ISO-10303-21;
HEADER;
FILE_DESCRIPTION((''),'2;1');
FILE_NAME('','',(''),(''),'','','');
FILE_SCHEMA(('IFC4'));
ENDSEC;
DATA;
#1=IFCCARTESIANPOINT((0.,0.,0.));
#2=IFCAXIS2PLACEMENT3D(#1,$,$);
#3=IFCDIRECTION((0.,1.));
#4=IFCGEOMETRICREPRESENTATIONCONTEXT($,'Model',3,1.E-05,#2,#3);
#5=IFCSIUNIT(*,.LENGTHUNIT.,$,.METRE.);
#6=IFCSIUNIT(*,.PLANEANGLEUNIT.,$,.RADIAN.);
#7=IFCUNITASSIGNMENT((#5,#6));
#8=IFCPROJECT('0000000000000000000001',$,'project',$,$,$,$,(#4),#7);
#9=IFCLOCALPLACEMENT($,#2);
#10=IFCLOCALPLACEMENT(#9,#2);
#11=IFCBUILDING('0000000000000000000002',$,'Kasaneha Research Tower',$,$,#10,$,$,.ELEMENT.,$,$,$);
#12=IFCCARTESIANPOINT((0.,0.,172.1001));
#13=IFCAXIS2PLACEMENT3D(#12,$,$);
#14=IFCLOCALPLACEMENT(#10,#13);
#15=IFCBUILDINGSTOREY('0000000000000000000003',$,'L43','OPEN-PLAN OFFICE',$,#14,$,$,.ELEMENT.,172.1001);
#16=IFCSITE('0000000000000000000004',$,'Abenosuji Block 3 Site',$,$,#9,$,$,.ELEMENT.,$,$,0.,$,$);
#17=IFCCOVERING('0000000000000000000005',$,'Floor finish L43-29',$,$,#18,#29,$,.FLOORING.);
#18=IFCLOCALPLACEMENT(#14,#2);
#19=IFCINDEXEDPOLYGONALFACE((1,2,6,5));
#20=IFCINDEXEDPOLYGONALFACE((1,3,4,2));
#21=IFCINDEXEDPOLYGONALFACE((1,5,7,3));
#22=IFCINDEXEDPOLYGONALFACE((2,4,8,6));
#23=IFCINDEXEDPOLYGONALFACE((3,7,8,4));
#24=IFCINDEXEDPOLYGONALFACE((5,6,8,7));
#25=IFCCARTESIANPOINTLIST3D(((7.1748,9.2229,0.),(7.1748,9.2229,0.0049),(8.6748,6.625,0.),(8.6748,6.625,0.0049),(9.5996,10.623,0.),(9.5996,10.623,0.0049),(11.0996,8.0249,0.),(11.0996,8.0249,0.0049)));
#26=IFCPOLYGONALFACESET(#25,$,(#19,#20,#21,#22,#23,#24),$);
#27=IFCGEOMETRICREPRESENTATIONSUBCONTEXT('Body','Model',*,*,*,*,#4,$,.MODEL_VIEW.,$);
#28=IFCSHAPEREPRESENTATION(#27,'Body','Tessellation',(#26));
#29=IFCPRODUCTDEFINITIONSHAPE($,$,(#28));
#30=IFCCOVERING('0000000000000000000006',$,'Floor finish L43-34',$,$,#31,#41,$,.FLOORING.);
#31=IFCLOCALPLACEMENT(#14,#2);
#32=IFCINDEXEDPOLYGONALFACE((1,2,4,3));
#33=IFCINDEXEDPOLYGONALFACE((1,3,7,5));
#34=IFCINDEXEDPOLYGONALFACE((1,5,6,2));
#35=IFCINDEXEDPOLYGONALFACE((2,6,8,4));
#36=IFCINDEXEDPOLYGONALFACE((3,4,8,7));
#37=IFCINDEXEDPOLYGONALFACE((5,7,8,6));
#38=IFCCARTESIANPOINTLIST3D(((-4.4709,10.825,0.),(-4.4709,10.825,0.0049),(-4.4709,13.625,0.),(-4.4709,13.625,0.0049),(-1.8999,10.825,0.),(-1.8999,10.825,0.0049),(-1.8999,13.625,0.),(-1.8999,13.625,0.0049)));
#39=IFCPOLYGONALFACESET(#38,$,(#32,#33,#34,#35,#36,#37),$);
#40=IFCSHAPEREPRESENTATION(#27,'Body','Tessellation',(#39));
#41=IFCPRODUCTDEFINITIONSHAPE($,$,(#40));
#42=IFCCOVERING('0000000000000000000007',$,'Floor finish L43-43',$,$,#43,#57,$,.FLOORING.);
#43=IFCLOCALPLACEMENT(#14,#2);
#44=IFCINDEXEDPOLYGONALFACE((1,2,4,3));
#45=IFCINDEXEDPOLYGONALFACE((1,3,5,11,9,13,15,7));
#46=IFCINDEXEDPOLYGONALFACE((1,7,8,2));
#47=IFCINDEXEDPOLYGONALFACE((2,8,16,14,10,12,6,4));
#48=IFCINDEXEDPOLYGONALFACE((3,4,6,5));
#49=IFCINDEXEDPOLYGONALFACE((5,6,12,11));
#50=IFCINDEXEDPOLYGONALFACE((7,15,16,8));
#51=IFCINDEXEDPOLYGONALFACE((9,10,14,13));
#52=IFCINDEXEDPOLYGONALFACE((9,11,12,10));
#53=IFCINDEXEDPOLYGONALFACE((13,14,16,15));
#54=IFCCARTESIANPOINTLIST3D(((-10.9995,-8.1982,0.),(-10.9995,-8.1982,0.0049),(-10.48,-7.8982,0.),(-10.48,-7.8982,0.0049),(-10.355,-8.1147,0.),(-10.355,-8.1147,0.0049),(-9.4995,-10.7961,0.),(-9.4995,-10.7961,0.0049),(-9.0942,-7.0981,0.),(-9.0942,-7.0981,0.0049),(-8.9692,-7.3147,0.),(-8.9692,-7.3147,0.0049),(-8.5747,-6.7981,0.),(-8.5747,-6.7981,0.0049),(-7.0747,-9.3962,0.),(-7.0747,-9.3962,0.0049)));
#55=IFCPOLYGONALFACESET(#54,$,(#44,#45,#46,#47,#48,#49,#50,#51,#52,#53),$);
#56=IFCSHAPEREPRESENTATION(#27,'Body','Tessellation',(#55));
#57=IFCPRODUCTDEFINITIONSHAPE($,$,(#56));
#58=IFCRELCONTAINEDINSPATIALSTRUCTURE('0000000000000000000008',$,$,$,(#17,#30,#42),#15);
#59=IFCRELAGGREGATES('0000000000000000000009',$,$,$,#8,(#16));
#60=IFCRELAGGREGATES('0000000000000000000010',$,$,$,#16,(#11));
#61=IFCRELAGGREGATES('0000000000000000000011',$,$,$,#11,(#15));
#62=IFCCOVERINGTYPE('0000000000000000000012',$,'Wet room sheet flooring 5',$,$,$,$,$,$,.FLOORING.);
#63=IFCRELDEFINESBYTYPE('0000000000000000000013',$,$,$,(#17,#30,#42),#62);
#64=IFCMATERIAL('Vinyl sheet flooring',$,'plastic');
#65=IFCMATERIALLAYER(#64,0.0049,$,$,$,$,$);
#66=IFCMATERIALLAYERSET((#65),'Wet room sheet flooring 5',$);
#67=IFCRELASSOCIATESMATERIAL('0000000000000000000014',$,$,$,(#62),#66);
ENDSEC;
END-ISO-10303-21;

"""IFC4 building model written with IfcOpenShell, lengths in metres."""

from ifc_helpers import new_model, si_unit, direction, frame, origin, place, context, subcontext, project, spatial, polyline, outline, extrude, material, layer, layer_set, type_object, element, save


model = new_model("IFC4")

# Units and contexts
model_context = context("Model", 3, precision=1e-05, world=origin(), true_north=direction((0.0, 1.0)))
body_context = subcontext(model_context, "Body", "Model", "MODEL_VIEW")
ifc_project = project(units=[si_unit("LENGTHUNIT", "METRE"), si_unit("PLANEANGLEUNIT", "RADIAN")], contexts=[model_context])

# Site, building, storey
site_placement = place(None, origin())
site = spatial("IfcSite", under=ifc_project, at=site_placement, Name="Abenosuji Block 3 Site", CompositionType="ELEMENT", RefElevation=0.0)
building_placement = place(site_placement, origin())
building = spatial("IfcBuilding", under=site, at=building_placement, Name="Kasaneha Research Tower", CompositionType="ELEMENT")
storey_placement = place(building_placement, frame((0.0, 0.0, 172.1001)))
storey = spatial("IfcBuildingStorey", under=building, at=storey_placement, Name="L43", Description="OPEN-PLAN OFFICE", CompositionType="ELEMENT", Elevation=172.1001)

# Coverings
ifc_material_1 = material(Name="Vinyl sheet flooring", Category="plastic")
ifc_layer_1 = layer(ifc_material_1, 0.0049)
ifc_layer_set_1 = layer_set([ifc_layer_1], Name="Wet room sheet flooring 5")
covering_type_1 = type_object("IfcCoveringType", Name="Wet room sheet flooring 5", PredefinedType="FLOORING", material=ifc_layer_set_1)
covering_1_placement = place(storey_placement, origin())
element("IfcCovering", 1, at=covering_1_placement, inside=storey, type_object=covering_type_1, Name="Floor finish L43-29", PredefinedType="FLOORING", context=body_context, shape_type="SweptSolid", body=[
    extrude(outline(polyline([(11.0996, 8.0249), (8.6748, 6.625), (7.1748, 9.2229), (9.5996, 10.623), (11.0996, 8.0249)])), origin(), (0.0, 0.0, 1.0), 0.0049),
])
covering_2_placement = place(storey_placement, origin())
element("IfcCovering", 2, at=covering_2_placement, inside=storey, type_object=covering_type_1, Name="Floor finish L43-34", PredefinedType="FLOORING", context=body_context, shape_type="SweptSolid", body=[
    extrude(outline(polyline([(-1.8999, 13.625), (-1.8999, 10.825), (-4.4709, 10.825), (-4.4709, 13.625), (-1.8999, 13.625)])), origin(), (0.0, 0.0, 1.0), 0.0049),
])
covering_3_placement = place(storey_placement, origin())
element("IfcCovering", 3, at=covering_3_placement, inside=storey, type_object=covering_type_1, Name="Floor finish L43-43", PredefinedType="FLOORING", context=body_context, shape_type="SweptSolid", body=[
    extrude(outline(polyline([(-10.9995, -8.1982), (-10.48, -7.8982), (-10.355, -8.1147), (-8.9692, -7.3147), (-9.0942, -7.0981), (-8.5747, -6.7981), (-7.0747, -9.3962), (-9.4995, -10.7961), (-10.9995, -8.1982)])), origin(), (0.0, 0.0, 1.0), 0.0049),
])

save(model, "model.ifc")
